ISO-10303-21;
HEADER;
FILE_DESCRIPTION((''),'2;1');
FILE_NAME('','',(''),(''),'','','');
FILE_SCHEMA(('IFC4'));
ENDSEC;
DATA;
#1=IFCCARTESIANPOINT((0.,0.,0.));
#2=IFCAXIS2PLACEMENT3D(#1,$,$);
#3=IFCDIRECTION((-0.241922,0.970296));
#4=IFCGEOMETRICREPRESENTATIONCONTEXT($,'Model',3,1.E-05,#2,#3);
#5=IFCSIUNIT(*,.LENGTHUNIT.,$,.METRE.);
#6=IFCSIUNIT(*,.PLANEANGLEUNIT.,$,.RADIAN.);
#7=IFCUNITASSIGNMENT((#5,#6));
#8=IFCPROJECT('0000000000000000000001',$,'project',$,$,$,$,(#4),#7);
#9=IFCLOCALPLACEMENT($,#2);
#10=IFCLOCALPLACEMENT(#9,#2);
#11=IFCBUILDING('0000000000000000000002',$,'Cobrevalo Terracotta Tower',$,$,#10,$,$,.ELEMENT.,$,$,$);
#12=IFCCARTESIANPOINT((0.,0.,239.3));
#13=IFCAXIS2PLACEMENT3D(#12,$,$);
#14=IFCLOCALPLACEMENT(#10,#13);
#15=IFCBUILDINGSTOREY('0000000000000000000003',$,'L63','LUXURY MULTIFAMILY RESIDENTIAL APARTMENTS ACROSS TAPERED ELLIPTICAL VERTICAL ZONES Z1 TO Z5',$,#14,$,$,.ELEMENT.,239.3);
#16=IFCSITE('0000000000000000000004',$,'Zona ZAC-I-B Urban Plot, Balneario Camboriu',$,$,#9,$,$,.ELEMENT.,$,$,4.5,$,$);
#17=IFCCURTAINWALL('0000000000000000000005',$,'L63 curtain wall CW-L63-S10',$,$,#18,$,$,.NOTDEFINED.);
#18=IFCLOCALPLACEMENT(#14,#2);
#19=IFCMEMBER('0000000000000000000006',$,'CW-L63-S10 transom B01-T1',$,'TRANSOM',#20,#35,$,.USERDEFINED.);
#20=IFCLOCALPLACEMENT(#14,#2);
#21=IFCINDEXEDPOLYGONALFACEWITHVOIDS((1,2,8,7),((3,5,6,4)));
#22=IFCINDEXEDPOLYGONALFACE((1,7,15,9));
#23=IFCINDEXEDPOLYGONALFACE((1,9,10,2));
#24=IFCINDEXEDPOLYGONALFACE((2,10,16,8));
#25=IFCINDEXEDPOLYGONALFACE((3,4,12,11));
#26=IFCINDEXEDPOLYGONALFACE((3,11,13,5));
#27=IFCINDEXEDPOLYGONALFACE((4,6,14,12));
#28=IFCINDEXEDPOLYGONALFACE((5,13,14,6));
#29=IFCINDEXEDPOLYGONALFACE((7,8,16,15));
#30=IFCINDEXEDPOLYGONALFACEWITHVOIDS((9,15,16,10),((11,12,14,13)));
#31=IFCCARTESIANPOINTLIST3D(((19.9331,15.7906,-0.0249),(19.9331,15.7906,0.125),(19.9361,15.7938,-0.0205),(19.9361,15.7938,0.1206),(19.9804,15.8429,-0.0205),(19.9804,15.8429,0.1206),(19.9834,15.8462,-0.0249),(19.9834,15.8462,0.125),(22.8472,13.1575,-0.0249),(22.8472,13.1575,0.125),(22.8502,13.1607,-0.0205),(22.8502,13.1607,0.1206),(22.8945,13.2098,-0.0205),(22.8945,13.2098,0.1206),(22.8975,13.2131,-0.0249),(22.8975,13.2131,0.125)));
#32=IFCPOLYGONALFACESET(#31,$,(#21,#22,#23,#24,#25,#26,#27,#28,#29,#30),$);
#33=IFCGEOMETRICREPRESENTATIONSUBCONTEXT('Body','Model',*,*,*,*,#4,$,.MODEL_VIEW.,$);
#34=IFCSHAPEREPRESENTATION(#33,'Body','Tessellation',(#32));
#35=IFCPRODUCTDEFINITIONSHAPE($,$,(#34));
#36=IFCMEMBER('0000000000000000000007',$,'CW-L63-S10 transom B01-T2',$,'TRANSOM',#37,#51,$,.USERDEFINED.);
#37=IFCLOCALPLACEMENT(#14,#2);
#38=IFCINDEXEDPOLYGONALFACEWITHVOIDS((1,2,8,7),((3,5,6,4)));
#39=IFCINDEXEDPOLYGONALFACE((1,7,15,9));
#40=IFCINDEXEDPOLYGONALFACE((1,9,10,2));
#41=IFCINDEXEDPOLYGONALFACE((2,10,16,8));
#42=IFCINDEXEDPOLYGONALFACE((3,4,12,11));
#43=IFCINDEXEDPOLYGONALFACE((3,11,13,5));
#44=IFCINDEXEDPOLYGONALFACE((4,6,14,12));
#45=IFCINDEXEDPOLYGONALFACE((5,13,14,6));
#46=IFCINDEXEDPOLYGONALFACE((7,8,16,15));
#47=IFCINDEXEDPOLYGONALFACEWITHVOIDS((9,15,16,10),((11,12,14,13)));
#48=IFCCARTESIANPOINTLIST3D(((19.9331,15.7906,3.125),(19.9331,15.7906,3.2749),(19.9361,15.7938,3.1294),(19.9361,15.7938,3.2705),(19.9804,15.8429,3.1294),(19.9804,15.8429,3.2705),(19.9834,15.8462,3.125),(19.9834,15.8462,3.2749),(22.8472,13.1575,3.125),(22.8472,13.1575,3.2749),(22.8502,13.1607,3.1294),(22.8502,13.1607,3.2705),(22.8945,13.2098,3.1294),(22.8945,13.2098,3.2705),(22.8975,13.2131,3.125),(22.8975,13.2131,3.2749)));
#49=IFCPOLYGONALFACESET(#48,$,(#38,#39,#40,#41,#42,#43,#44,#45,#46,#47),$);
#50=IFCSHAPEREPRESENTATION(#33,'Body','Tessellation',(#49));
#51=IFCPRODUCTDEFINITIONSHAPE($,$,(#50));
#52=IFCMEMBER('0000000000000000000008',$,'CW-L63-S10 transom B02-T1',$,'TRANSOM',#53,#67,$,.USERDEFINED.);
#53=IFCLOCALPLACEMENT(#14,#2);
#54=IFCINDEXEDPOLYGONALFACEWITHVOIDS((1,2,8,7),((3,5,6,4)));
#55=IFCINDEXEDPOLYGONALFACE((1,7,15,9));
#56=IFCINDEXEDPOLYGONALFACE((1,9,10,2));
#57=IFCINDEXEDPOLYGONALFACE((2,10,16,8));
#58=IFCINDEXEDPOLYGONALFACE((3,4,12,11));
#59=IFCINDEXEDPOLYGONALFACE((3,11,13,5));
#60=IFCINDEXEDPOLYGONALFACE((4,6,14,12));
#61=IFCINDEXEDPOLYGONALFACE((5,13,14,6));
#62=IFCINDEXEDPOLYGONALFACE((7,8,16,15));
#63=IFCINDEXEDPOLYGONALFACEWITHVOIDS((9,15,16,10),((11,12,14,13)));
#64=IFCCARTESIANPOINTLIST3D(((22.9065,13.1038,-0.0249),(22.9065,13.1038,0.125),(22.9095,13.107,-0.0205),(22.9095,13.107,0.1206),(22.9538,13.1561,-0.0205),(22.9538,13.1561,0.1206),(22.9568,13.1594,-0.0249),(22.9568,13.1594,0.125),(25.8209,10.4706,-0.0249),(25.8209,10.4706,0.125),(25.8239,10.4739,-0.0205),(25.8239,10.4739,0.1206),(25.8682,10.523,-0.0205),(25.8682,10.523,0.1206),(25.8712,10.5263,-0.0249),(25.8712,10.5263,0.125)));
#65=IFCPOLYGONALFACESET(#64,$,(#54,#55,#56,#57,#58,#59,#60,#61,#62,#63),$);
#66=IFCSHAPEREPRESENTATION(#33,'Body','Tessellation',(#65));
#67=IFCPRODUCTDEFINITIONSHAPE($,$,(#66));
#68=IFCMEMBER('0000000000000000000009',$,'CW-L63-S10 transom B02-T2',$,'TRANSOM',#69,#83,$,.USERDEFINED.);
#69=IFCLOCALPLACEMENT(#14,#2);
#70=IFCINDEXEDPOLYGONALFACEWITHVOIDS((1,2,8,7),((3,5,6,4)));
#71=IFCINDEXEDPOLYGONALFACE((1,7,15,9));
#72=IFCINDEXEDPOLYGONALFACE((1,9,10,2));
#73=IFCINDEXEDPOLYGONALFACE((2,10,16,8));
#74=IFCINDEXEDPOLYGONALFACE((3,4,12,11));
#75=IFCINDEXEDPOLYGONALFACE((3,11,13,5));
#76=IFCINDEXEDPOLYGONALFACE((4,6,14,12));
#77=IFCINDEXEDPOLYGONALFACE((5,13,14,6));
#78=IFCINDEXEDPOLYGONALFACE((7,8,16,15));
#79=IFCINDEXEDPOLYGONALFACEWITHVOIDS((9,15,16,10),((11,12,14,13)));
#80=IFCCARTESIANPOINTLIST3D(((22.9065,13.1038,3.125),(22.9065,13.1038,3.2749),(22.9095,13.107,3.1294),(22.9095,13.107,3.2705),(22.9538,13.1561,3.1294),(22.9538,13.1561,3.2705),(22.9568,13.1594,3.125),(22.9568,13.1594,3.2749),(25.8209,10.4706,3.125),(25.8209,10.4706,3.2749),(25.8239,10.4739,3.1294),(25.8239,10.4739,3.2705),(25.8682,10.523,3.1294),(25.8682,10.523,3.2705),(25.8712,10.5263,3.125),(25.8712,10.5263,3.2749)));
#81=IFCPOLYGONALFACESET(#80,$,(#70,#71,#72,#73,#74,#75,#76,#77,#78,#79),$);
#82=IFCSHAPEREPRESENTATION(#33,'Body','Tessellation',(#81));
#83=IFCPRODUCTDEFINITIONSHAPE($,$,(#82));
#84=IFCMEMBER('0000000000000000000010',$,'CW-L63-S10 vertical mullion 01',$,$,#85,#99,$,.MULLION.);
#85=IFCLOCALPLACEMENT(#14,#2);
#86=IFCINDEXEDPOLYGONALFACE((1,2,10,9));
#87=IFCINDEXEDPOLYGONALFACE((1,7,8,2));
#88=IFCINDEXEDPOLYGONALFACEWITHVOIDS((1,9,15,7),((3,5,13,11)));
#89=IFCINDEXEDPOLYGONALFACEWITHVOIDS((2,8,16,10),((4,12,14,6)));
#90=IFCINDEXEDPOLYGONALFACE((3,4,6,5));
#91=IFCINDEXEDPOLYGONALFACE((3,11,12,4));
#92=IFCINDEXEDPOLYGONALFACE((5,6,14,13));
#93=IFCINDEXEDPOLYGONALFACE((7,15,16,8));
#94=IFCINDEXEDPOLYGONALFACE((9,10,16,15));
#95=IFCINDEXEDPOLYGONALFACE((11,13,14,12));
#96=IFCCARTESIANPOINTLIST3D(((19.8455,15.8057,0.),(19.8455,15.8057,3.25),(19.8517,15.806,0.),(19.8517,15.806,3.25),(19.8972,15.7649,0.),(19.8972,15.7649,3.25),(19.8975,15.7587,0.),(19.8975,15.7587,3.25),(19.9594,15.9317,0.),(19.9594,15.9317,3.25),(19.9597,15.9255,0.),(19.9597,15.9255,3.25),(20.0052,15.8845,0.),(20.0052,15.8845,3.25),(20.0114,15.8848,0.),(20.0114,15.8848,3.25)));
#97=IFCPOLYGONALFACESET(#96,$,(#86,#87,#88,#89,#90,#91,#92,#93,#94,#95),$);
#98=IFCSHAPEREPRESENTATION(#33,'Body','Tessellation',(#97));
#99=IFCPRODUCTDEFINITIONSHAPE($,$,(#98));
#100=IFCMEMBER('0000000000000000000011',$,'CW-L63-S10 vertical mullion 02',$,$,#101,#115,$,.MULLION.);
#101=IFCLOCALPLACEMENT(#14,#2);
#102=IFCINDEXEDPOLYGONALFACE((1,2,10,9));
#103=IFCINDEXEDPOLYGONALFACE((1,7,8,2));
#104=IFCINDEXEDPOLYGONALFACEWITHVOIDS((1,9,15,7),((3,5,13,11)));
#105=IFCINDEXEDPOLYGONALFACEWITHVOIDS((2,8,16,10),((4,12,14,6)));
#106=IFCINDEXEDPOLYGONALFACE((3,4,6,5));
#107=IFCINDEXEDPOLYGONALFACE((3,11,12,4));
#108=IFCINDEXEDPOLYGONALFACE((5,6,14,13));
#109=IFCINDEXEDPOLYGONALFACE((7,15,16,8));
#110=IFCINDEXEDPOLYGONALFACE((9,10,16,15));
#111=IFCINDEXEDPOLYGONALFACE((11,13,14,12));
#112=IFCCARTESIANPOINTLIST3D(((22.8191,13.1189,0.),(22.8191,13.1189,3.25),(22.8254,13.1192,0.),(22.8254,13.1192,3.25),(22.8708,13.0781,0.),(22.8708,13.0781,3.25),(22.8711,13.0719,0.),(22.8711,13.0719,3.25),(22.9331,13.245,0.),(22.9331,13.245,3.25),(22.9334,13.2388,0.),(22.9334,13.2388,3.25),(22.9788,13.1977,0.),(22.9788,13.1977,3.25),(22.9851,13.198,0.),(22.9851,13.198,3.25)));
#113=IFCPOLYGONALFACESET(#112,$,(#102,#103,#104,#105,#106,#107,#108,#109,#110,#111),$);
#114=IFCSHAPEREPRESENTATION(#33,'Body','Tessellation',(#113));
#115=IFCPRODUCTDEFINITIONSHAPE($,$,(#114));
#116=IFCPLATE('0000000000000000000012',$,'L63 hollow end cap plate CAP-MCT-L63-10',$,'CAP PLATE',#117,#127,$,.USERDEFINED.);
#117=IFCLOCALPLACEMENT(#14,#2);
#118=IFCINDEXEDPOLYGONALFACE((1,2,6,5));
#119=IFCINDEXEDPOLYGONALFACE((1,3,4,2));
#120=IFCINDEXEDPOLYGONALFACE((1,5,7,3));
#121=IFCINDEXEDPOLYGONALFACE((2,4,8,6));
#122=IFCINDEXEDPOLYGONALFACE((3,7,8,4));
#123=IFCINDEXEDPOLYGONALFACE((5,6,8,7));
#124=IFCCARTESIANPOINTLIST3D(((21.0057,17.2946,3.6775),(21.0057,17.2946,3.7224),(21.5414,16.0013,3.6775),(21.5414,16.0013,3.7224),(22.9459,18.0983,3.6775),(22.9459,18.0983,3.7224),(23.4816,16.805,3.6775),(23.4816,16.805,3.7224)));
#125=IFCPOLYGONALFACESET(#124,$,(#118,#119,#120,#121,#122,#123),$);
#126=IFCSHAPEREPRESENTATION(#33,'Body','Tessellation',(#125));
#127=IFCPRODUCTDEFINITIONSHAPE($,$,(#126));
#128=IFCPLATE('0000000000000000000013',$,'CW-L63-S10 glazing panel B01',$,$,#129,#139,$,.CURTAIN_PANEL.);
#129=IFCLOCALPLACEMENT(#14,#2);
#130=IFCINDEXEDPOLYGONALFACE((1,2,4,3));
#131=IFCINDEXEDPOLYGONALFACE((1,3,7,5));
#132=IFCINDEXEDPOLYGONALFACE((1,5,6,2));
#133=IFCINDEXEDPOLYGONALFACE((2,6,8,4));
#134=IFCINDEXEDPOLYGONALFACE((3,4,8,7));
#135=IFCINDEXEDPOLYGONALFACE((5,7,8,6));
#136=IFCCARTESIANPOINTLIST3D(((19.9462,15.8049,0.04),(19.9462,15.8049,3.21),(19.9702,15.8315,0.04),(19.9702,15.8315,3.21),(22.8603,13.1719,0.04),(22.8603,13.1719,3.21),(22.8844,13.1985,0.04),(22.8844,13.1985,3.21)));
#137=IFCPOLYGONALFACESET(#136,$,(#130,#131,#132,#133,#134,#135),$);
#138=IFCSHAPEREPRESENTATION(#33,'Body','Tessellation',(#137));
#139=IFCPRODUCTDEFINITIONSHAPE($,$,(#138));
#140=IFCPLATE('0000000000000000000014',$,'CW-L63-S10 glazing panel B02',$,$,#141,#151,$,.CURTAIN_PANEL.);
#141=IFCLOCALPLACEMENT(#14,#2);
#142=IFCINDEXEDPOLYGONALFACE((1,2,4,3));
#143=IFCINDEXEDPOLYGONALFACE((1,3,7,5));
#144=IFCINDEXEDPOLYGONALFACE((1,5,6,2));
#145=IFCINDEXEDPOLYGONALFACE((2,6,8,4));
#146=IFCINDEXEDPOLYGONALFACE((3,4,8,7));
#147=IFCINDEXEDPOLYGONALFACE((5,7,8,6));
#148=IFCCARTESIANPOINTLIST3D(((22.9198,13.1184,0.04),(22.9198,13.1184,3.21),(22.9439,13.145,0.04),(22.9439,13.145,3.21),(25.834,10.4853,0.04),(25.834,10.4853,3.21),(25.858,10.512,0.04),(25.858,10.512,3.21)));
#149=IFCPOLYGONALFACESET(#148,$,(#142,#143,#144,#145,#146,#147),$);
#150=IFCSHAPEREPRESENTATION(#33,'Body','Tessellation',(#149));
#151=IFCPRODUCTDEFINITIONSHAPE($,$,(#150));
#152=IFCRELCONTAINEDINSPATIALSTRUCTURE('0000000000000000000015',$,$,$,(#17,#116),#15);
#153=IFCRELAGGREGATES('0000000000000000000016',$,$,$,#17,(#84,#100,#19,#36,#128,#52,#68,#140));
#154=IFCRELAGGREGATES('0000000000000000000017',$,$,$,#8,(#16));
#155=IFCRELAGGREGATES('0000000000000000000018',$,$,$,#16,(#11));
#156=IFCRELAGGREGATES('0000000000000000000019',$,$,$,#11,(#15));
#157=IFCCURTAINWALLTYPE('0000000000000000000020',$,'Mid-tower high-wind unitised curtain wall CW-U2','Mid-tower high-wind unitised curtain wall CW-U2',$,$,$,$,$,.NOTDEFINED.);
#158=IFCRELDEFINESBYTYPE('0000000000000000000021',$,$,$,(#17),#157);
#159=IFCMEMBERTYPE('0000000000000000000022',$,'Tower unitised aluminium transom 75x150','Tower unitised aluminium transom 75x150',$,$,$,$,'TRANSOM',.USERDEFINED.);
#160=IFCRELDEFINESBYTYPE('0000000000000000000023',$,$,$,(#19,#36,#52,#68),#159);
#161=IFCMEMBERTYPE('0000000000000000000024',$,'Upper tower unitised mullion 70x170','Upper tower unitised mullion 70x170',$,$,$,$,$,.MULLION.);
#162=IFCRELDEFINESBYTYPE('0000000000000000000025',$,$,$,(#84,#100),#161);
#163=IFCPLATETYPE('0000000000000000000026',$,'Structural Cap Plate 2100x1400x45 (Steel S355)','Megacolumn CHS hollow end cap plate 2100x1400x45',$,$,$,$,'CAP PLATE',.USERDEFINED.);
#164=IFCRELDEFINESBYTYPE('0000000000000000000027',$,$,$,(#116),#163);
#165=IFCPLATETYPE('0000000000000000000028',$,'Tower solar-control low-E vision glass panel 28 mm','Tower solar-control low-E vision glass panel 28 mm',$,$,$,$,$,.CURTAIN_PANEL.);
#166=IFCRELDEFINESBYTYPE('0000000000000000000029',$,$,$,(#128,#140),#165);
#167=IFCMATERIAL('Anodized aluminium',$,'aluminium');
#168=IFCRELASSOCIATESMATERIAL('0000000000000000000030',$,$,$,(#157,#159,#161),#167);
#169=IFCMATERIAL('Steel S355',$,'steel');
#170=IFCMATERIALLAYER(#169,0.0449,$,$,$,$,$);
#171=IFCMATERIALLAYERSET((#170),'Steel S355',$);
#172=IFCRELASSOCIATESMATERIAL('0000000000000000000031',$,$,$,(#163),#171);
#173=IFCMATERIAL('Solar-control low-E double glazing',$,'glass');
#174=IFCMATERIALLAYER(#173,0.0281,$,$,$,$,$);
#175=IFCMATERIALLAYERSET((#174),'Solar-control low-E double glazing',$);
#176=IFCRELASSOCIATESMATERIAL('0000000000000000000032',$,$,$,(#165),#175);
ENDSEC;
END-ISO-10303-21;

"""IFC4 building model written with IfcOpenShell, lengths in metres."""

from ifc_helpers import new_model, si_unit, direction, frame, origin, origin_2d, place, context, subcontext, project, spatial, rectangle, hollow_rectangle, extrude, source, transform, mapped, material, layer, layer_set, material_profile, profile_set, type_object, element, aggregate, save


model = new_model("IFC4")

# Units and contexts
model_context = context("Model", 3, precision=1e-05, world=origin(), true_north=direction((-0.241922, 0.970296)))
body_context = subcontext(model_context, "Body", "Model", "MODEL_VIEW")
ifc_project = project(units=[si_unit("LENGTHUNIT", "METRE"), si_unit("PLANEANGLEUNIT", "RADIAN")], contexts=[model_context])

# Site, building, storey
site_placement = place(None, origin())
site = spatial("IfcSite", under=ifc_project, at=site_placement, Name="Zona ZAC-I-B Urban Plot, Balneario Camboriu", CompositionType="ELEMENT", RefElevation=4.5)
building_placement = place(site_placement, origin())
building = spatial("IfcBuilding", under=site, at=building_placement, Name="Cobrevalo Terracotta Tower", CompositionType="ELEMENT")
storey_placement = place(building_placement, frame((0.0, 0.0, 239.3)))
storey = spatial("IfcBuildingStorey", under=building, at=storey_placement, Name="L63", Description="LUXURY MULTIFAMILY RESIDENTIAL APARTMENTS ACROSS TAPERED ELLIPTICAL VERTICAL ZONES Z1 TO Z5", CompositionType="ELEMENT", Elevation=239.3)

# Shared definitions
ifc_material_1 = material(Name="Steel S355", Category="steel")

# Curtain wall, members
ifc_material_2 = material(Name="Anodized aluminium", Category="aluminium")
curtain_wall_type = type_object("IfcCurtainWallType", Name="Mid-tower high-wind unitised curtain wall CW-U2", Description="Mid-tower high-wind unitised curtain wall CW-U2", PredefinedType="NOTDEFINED", material=ifc_material_2)
curtain_wall_placement = place(storey_placement, origin())
curtain_wall = element("IfcCurtainWall", 1, at=curtain_wall_placement, inside=storey, type_object=curtain_wall_type, Name="L63 curtain wall CW-L63-S10", PredefinedType="NOTDEFINED")
ifc_material_profile_1 = material_profile(ifc_material_2, hollow_rectangle(XDim=0.075, YDim=0.1499, WallThickness=0.0044, at=origin_2d()), Name="CWT 75x150")
ifc_profile_set_1 = profile_set([ifc_material_profile_1], Name="Anodized aluminium")
member_type_1 = type_object("IfcMemberType", Name="Tower unitised aluminium transom 75x150", Description="Tower unitised aluminium transom 75x150", ElementType="TRANSOM", PredefinedType="USERDEFINED", material=ifc_profile_set_1)
shared_shape_1 = source(origin(), body_context, "Body", "SweptSolid", [
    extrude(hollow_rectangle(XDim=0.075, YDim=0.1499, WallThickness=0.0044, at=origin_2d()), origin(), (0.0, 0.0, 1.0), 3.9275),
])
member_1_placement = place(storey_placement, frame((19.9583, 15.8184, 0.05), z_axis=(0.741976, -0.670426, 0.0), x_axis=(0.670426, 0.741976, 0.0)))
member_1 = element("IfcMember", 2, at=member_1_placement, type_object=member_type_1, Name="CW-L63-S10 transom B01-T1", ObjectType="TRANSOM", PredefinedType="USERDEFINED", context=body_context, shape_type="MappedRepresentation", body=[
    mapped(shared_shape_1, transform((0.0, 0.0, 0.0), scale=1.0)),
])
member_2_placement = place(storey_placement, frame((19.9583, 15.8184, 3.2), z_axis=(0.741976, -0.670426, 0.0), x_axis=(0.670426, 0.741976, 0.0)))
member_2 = element("IfcMember", 3, at=member_2_placement, type_object=member_type_1, Name="CW-L63-S10 transom B01-T2", ObjectType="TRANSOM", PredefinedType="USERDEFINED", context=body_context, shape_type="MappedRepresentation", body=[
    mapped(shared_shape_1, transform((0.0, 0.0, 0.0), scale=1.0)),
])
shared_shape_2 = source(origin(), body_context, "Body", "SweptSolid", [
    extrude(hollow_rectangle(XDim=0.075, YDim=0.1499, WallThickness=0.0044, at=origin_2d()), origin(), (0.0, 0.0, 1.0), 3.9277),
])
member_3_placement = place(storey_placement, frame((22.9316, 13.1316, 0.05), z_axis=(0.742004, -0.670396, 0.0), x_axis=(0.670396, 0.742004, 0.0)))
member_3 = element("IfcMember", 4, at=member_3_placement, type_object=member_type_1, Name="CW-L63-S10 transom B02-T1", ObjectType="TRANSOM", PredefinedType="USERDEFINED", context=body_context, shape_type="MappedRepresentation", body=[
    mapped(shared_shape_2, transform((0.0, 0.0, 0.0), scale=1.0)),
])
member_4_placement = place(storey_placement, frame((22.9316, 13.1316, 3.2), z_axis=(0.742004, -0.670396, 0.0), x_axis=(0.670396, 0.742004, 0.0)))
member_4 = element("IfcMember", 5, at=member_4_placement, type_object=member_type_1, Name="CW-L63-S10 transom B02-T2", ObjectType="TRANSOM", PredefinedType="USERDEFINED", context=body_context, shape_type="MappedRepresentation", body=[
    mapped(shared_shape_2, transform((0.0, 0.0, 0.0), scale=1.0)),
])
ifc_material_profile_2 = material_profile(ifc_material_2, hollow_rectangle(XDim=0.0701, YDim=0.1699, WallThickness=0.0044, at=origin_2d()), Name="CWM 70x170")
ifc_profile_set_2 = profile_set([ifc_material_profile_2], Name="Anodized aluminium")
member_type_2 = type_object("IfcMemberType", Name="Upper tower unitised mullion 70x170", Description="Upper tower unitised mullion 70x170", PredefinedType="MULLION", material=ifc_profile_set_2)
shared_shape_3 = source(origin(), body_context, "Body", "SweptSolid", [
    extrude(hollow_rectangle(XDim=0.0701, YDim=0.1699, WallThickness=0.0044, at=origin_2d()), origin(), (0.0, 0.0, 1.0), 3.25),
])
member_5_placement = place(storey_placement, frame((19.9285, 15.8452, 0.0), z_axis=(0.0, 0.0, 1.0), x_axis=(0.741988, -0.670414, 0.0)))
member_5 = element("IfcMember", 6, at=member_5_placement, type_object=member_type_2, Name="CW-L63-S10 vertical mullion 01", PredefinedType="MULLION", context=body_context, shape_type="MappedRepresentation", body=[
    mapped(shared_shape_3, transform((0.0, 0.0, 0.0), scale=1.0)),
])
member_6_placement = place(storey_placement, frame((22.9021, 13.1584, 0.0), z_axis=(0.0, 0.0, 1.0), x_axis=(0.741988, -0.670414, 0.0)))
member_6 = element("IfcMember", 7, at=member_6_placement, type_object=member_type_2, Name="CW-L63-S10 vertical mullion 02", PredefinedType="MULLION", context=body_context, shape_type="MappedRepresentation", body=[
    mapped(shared_shape_3, transform((0.0, 0.0, 0.0), scale=1.0)),
])

# Plates
ifc_layer_1 = layer(ifc_material_1, 0.0449)
ifc_layer_set_1 = layer_set([ifc_layer_1], Name="Steel S355")
plate_type_1 = type_object("IfcPlateType", Name="Structural Cap Plate 2100x1400x45 (Steel S355)", Description="Megacolumn CHS hollow end cap plate 2100x1400x45", ElementType="CAP PLATE", PredefinedType="USERDEFINED", material=ifc_layer_set_1)
shared_shape_4 = source(origin(), body_context, "Body", "SweptSolid", [
    extrude(rectangle(XDim=2.1001, YDim=1.3999, at=origin_2d()), origin(), (0.0, 0.0, 1.0), 0.0449),
])
plate_1_placement = place(storey_placement, frame((22.2437, 17.0498, 3.6775), z_axis=(0.0, 0.0, 1.0), x_axis=(-0.92388, -0.382683, 0.0)))
element("IfcPlate", 8, at=plate_1_placement, inside=storey, type_object=plate_type_1, Name="L63 hollow end cap plate CAP-MCT-L63-10", ObjectType="CAP PLATE", PredefinedType="USERDEFINED", context=body_context, shape_type="MappedRepresentation", body=[
    mapped(shared_shape_4, transform((0.0, 0.0, 0.0), scale=1.0)),
])
ifc_material_3 = material(Name="Solar-control low-E double glazing", Category="glass")
ifc_layer_2 = layer(ifc_material_3, 0.0281)
ifc_layer_set_2 = layer_set([ifc_layer_2], Name="Solar-control low-E double glazing")
plate_type_2 = type_object("IfcPlateType", Name="Tower solar-control low-E vision glass panel 28 mm", Description="Tower solar-control low-E vision glass panel 28 mm", PredefinedType="CURTAIN_PANEL", material=ifc_layer_set_2)
shared_shape_5 = source(origin(), body_context, "Body", "SweptSolid", [
    extrude(rectangle(XDim=3.9275, YDim=0.0359, at=origin_2d()), origin(), (0.0, 0.0, 1.0), 3.1699),
])
plate_2_placement = place(storey_placement, frame((21.4153, 14.5017, 0.04), z_axis=(0.0, 0.0, 1.0), x_axis=(0.741988, -0.670414, 0.0)))
plate_2 = element("IfcPlate", 9, at=plate_2_placement, type_object=plate_type_2, Name="CW-L63-S10 glazing panel B01", PredefinedType="CURTAIN_PANEL", context=body_context, shape_type="MappedRepresentation", body=[
    mapped(shared_shape_5, transform((0.0, 0.0, 0.0), scale=1.0)),
])
plate_3_placement = place(storey_placement, frame((24.3889, 11.8152, 0.04), z_axis=(0.0, 0.0, 1.0), x_axis=(0.741988, -0.670414, 0.0)))
plate_3 = element("IfcPlate", 10, at=plate_3_placement, type_object=plate_type_2, Name="CW-L63-S10 glazing panel B02", PredefinedType="CURTAIN_PANEL", context=body_context, shape_type="MappedRepresentation", body=[
    mapped(shared_shape_5, transform((0.0, 0.0, 0.0), scale=1.0)),
])
aggregate(curtain_wall, [member_5, member_6, member_1, member_2, plate_2, member_3, member_4, plate_3])

save(model, "model.ifc")
